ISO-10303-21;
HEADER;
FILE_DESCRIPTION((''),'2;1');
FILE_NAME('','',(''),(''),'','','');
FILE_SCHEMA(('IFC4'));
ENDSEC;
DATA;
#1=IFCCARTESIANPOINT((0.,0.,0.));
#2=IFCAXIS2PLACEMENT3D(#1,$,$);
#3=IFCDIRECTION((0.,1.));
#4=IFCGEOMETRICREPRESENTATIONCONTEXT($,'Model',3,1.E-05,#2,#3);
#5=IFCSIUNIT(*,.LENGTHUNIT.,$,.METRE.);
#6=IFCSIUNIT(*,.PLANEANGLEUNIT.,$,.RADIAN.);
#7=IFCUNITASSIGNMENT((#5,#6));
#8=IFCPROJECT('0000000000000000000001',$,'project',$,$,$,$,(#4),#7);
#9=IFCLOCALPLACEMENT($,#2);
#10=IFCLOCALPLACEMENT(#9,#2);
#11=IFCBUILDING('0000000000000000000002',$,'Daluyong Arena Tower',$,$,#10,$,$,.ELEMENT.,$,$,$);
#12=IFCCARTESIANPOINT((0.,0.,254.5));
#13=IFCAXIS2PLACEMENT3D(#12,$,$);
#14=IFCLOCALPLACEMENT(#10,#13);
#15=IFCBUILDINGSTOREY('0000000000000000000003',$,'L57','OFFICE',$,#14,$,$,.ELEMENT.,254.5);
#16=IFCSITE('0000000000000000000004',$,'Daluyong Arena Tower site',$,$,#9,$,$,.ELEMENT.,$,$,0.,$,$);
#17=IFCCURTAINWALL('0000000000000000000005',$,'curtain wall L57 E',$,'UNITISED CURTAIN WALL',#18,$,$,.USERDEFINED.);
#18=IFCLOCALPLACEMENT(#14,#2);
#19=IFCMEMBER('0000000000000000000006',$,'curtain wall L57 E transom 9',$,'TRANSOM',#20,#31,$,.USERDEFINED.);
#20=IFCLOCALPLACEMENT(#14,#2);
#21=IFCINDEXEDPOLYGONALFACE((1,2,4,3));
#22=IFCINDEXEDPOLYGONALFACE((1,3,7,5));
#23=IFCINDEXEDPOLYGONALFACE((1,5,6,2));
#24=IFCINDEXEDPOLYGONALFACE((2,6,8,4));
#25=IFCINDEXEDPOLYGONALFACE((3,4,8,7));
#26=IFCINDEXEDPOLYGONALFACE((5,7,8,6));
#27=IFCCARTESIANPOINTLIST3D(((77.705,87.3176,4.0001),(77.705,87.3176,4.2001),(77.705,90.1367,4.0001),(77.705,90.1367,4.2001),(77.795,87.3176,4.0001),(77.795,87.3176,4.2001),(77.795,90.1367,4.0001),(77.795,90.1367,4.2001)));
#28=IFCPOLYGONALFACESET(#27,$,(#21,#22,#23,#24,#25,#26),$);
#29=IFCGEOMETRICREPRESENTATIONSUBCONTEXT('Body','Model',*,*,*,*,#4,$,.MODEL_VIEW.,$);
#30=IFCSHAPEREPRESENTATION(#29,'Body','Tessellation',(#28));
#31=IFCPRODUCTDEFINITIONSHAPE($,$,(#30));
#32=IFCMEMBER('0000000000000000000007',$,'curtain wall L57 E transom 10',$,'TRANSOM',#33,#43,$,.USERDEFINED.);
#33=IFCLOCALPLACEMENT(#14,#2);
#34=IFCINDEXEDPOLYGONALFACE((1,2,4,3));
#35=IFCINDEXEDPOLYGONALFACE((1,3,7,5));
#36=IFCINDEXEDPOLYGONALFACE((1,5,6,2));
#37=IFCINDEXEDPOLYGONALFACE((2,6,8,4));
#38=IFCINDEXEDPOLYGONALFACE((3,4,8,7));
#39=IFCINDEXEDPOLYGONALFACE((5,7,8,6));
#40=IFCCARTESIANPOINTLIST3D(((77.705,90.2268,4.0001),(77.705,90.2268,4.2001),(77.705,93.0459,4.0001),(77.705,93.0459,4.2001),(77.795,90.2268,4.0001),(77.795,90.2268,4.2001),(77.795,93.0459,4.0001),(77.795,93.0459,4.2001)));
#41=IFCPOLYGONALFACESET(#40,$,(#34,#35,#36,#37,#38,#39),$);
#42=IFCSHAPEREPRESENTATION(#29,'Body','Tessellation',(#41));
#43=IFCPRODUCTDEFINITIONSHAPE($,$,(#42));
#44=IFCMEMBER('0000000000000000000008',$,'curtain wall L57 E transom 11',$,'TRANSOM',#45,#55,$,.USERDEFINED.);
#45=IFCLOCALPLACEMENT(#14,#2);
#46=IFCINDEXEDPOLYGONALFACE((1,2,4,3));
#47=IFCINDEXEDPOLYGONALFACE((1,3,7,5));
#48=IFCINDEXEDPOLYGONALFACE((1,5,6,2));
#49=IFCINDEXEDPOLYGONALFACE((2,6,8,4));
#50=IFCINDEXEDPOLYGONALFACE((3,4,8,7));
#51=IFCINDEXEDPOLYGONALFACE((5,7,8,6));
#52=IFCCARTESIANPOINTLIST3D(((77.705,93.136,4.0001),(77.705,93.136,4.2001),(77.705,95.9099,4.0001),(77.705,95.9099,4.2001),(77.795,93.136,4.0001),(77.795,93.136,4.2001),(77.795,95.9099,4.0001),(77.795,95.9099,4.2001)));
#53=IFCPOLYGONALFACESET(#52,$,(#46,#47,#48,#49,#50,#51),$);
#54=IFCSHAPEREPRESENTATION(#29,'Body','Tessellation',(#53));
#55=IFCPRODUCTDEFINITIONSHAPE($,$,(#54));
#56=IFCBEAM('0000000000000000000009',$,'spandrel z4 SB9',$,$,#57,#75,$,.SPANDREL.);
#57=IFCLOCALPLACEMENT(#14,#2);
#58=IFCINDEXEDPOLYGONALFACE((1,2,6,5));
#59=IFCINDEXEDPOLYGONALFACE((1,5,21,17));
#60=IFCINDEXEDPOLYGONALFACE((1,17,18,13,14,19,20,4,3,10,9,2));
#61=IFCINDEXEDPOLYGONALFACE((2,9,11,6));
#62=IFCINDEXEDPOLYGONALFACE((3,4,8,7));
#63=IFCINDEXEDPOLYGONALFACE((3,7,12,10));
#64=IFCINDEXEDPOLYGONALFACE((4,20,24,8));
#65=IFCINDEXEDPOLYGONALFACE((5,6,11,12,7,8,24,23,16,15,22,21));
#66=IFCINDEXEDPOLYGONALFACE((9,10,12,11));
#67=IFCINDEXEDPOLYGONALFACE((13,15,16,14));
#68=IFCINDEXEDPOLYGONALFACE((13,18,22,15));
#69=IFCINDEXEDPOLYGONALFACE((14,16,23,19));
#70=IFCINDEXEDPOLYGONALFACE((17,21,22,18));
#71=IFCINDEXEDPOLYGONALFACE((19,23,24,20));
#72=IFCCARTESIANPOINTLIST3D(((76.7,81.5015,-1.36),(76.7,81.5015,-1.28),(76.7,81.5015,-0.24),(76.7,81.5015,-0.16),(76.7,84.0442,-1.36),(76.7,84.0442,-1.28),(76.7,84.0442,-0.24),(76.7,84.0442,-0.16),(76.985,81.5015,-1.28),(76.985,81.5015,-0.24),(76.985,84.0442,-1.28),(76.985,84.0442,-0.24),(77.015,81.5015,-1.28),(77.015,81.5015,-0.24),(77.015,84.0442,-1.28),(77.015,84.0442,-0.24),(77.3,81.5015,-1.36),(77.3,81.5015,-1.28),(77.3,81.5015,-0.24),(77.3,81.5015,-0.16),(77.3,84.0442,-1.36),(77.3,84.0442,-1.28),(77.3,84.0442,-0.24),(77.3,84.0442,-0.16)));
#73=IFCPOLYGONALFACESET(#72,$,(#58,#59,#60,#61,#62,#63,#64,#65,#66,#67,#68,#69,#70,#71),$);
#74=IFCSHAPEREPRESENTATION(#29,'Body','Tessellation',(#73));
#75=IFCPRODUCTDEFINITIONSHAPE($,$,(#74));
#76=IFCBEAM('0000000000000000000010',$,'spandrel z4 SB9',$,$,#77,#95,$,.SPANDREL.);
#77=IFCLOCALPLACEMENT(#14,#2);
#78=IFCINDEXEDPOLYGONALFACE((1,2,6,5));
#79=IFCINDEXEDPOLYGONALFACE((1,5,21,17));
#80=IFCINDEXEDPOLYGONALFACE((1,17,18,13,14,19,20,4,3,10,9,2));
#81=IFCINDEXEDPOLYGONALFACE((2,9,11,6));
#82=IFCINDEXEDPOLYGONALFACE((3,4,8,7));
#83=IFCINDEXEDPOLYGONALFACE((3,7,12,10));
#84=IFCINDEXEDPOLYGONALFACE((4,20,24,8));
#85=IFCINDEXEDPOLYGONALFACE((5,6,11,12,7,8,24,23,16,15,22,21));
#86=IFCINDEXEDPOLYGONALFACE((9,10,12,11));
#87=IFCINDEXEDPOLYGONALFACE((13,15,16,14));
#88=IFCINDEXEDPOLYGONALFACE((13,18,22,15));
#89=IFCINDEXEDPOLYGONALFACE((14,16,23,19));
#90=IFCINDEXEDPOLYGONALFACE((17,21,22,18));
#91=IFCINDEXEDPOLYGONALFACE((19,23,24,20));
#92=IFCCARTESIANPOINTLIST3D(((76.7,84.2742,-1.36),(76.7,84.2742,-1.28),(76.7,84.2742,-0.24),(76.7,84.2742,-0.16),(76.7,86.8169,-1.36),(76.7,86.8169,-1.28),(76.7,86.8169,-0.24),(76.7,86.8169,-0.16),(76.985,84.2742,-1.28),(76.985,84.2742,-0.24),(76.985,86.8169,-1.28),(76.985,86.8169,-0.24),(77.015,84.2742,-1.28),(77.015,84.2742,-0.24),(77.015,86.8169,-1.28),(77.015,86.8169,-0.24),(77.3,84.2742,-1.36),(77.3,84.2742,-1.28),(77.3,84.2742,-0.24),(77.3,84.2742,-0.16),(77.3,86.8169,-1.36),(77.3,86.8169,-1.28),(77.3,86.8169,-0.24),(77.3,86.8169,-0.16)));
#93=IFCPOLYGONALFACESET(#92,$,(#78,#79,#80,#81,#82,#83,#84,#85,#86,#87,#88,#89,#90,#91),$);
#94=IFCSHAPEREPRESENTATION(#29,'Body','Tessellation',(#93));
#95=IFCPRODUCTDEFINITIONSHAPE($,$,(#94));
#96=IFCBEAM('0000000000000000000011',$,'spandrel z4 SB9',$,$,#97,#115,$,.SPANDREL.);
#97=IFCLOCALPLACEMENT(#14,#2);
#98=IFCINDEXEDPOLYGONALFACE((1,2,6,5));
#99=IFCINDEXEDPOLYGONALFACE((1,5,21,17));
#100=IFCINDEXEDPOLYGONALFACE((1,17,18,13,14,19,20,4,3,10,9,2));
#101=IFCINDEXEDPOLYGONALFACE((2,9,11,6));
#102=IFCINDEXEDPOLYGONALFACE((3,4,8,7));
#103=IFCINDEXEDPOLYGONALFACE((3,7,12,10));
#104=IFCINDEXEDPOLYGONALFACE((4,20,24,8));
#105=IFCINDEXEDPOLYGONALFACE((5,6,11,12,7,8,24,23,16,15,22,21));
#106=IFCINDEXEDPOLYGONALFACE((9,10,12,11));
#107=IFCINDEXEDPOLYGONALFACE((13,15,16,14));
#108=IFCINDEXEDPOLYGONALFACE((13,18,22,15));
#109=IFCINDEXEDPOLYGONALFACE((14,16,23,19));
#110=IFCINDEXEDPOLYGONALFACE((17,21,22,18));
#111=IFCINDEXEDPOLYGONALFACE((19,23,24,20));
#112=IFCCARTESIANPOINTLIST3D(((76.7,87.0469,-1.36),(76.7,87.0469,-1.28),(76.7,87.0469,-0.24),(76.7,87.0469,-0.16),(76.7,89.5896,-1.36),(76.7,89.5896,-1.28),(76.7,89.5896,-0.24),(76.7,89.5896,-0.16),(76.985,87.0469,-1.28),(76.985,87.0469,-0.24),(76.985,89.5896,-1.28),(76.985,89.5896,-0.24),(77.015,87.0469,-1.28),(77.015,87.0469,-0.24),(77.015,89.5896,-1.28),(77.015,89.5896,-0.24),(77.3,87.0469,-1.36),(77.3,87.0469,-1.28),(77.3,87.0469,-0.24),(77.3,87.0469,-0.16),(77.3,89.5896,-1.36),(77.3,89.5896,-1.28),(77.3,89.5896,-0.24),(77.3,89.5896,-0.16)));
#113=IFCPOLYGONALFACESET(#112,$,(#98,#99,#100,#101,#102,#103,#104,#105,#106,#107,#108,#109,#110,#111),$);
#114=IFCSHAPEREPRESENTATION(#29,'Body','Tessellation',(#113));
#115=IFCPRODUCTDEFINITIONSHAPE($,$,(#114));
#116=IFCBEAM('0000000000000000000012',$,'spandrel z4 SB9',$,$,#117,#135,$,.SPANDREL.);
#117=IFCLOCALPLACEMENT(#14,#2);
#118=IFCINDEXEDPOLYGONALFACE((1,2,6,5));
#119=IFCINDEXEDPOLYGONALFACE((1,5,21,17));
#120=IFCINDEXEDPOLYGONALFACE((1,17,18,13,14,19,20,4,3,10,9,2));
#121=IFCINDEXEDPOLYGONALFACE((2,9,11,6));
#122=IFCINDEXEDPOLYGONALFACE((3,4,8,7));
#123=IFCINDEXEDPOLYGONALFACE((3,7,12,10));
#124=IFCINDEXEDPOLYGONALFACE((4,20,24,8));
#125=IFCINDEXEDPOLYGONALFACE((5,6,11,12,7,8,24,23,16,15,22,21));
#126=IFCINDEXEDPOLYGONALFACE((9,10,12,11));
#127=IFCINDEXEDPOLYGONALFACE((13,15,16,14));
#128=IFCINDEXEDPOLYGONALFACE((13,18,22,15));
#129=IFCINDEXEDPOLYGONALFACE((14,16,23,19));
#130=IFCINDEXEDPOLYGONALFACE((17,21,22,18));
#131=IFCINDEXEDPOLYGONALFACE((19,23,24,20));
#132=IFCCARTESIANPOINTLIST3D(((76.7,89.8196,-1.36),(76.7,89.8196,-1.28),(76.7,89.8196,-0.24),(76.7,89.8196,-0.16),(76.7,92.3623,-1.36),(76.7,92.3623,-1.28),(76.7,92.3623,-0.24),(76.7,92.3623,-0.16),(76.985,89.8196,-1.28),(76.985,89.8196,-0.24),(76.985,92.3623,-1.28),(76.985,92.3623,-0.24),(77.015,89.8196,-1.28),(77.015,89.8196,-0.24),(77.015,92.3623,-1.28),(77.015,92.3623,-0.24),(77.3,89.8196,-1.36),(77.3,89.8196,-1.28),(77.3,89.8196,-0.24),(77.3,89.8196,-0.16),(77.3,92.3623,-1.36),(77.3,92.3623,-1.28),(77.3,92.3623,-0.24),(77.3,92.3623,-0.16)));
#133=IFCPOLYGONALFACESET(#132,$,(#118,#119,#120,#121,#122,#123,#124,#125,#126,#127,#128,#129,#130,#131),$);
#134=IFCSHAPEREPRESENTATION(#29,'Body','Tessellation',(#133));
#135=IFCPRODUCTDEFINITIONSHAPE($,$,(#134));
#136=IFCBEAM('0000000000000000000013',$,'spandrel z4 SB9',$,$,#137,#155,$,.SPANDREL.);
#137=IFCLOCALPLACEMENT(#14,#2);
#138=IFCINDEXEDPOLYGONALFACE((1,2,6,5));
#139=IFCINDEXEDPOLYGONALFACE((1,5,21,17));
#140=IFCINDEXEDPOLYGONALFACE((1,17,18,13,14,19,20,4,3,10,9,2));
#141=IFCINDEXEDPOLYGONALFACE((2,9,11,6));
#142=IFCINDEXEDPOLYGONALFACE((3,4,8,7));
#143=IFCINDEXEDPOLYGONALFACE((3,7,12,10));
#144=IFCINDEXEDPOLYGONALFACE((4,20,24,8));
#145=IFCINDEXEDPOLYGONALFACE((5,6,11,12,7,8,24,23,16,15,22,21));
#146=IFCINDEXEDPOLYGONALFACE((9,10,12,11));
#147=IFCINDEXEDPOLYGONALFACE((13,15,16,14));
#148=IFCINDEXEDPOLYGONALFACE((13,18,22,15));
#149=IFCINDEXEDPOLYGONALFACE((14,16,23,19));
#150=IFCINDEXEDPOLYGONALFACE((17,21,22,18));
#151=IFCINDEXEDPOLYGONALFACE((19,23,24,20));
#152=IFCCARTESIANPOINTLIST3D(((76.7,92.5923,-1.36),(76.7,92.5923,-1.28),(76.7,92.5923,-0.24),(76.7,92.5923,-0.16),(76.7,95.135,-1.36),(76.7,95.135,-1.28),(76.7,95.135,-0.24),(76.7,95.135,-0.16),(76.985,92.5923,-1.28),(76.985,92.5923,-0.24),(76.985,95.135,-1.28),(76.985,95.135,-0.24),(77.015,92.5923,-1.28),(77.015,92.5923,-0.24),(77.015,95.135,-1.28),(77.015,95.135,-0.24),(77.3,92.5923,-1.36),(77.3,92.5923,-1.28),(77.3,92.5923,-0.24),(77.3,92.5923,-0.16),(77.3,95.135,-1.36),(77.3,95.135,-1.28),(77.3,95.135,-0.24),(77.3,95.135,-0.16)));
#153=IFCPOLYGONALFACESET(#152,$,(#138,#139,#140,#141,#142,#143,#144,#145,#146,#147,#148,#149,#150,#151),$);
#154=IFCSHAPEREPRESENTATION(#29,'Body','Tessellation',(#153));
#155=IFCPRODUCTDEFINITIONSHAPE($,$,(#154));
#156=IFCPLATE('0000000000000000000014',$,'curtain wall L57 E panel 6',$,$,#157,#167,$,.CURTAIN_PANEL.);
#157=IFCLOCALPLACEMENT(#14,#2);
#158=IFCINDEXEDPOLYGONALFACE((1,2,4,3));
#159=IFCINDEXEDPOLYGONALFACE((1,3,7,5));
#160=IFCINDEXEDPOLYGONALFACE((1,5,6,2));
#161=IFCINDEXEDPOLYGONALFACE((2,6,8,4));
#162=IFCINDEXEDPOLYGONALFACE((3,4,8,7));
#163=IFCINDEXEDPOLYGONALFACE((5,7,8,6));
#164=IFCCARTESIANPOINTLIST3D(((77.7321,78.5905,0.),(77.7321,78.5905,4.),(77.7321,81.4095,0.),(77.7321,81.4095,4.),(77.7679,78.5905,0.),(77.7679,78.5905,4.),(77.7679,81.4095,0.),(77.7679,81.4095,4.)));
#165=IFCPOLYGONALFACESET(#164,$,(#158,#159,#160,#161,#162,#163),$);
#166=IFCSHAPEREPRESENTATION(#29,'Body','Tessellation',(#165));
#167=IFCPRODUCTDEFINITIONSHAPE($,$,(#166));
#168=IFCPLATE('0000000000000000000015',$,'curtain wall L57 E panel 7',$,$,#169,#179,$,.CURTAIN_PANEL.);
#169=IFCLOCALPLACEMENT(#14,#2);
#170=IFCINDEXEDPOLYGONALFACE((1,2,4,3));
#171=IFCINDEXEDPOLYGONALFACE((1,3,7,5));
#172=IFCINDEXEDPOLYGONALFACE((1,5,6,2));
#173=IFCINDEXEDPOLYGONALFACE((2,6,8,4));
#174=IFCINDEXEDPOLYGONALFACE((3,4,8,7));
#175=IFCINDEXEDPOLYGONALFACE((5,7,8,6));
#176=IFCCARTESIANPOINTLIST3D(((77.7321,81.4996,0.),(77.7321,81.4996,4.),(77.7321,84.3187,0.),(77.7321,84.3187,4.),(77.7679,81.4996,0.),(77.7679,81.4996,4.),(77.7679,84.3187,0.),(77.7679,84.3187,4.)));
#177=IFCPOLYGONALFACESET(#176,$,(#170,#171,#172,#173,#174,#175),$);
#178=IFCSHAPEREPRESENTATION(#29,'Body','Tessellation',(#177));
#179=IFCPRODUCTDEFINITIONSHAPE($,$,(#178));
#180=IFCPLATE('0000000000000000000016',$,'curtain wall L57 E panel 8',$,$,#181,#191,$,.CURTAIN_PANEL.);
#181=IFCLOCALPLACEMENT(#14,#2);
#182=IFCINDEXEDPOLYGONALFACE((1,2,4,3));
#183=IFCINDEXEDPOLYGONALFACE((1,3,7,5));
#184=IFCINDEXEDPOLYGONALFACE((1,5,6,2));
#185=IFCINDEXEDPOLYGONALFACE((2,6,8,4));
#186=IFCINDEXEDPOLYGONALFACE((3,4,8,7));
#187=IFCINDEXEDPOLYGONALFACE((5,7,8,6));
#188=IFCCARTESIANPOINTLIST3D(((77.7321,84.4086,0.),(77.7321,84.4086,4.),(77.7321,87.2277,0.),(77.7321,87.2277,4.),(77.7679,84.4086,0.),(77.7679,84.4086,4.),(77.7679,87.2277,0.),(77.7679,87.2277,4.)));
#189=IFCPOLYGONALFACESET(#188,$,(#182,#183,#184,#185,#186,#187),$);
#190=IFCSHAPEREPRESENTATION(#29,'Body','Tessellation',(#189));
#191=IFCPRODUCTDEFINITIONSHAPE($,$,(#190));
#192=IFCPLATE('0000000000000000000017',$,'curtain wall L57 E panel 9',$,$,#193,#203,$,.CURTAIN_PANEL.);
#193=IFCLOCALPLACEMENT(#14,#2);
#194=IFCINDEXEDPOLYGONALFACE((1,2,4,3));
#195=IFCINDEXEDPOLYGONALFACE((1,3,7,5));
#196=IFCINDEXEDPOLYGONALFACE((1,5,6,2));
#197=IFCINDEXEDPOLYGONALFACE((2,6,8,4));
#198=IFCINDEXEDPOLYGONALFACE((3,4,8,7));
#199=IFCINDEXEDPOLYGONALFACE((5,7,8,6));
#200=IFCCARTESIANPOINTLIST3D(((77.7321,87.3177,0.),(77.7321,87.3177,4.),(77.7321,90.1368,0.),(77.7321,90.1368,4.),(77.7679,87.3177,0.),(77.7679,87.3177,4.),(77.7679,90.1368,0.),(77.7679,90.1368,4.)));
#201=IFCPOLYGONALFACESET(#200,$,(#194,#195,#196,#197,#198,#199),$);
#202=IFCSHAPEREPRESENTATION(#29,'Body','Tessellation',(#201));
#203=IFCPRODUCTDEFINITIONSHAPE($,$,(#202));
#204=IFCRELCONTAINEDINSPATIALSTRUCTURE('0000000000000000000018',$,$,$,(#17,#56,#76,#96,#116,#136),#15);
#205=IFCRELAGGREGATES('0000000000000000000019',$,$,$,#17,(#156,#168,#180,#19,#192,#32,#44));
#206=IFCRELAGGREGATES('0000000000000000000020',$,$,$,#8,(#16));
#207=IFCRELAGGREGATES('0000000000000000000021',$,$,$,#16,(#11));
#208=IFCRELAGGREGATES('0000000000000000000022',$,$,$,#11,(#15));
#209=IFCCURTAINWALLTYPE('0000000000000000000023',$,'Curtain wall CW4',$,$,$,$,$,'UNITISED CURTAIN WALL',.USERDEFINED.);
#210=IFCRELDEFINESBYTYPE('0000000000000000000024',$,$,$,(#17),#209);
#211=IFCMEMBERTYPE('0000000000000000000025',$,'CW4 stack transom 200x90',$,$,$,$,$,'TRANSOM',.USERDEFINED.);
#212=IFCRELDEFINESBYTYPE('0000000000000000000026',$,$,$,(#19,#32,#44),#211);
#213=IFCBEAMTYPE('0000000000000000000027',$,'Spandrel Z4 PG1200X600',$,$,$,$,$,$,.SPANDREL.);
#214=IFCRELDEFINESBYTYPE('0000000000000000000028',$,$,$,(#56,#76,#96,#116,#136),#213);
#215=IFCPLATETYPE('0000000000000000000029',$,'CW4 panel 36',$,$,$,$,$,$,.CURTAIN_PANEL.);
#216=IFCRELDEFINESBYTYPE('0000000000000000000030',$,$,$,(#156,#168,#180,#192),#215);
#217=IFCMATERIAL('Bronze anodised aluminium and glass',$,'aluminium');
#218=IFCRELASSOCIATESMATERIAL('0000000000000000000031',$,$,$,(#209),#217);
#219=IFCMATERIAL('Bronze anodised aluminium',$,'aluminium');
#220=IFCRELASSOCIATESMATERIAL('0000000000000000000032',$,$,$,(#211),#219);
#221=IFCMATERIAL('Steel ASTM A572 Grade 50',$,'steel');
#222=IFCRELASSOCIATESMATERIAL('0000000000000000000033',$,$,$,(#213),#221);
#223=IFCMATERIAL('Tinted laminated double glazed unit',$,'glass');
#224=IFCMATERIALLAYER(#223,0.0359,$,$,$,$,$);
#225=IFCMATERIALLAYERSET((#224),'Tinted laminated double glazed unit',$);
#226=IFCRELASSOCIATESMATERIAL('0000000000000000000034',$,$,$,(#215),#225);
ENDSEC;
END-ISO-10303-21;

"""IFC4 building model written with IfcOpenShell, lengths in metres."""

from ifc_helpers import new_model, si_unit, direction, frame, origin, origin_2d, place, context, subcontext, project, spatial, rectangle, i_section, extrude, material, layer, layer_set, material_profile, profile_set, type_object, element, aggregate, save


model = new_model("IFC4")

# Units and contexts
model_context = context("Model", 3, precision=1e-05, world=origin(), true_north=direction((0.0, 1.0)))
body_context = subcontext(model_context, "Body", "Model", "MODEL_VIEW")
ifc_project = project(units=[si_unit("LENGTHUNIT", "METRE"), si_unit("PLANEANGLEUNIT", "RADIAN")], contexts=[model_context])

# Site, building, storey
site_placement = place(None, origin())
site = spatial("IfcSite", under=ifc_project, at=site_placement, Name="Daluyong Arena Tower site", CompositionType="ELEMENT", RefElevation=0.0)
building_placement = place(site_placement, origin())
building = spatial("IfcBuilding", under=site, at=building_placement, Name="Daluyong Arena Tower", CompositionType="ELEMENT")
storey_placement = place(building_placement, frame((0.0, 0.0, 254.5)))
storey = spatial("IfcBuildingStorey", under=building, at=storey_placement, Name="L57", Description="OFFICE", CompositionType="ELEMENT", Elevation=254.5)

# Curtain wall, members
ifc_material_1 = material(Name="Bronze anodised aluminium and glass", Category="aluminium")
curtain_wall_type = type_object("IfcCurtainWallType", Name="Curtain wall CW4", ElementType="UNITISED CURTAIN WALL", PredefinedType="USERDEFINED", material=ifc_material_1)
curtain_wall_placement = place(storey_placement, origin())
curtain_wall = element("IfcCurtainWall", 1, at=curtain_wall_placement, inside=storey, type_object=curtain_wall_type, Name="curtain wall L57 E", ObjectType="UNITISED CURTAIN WALL", PredefinedType="USERDEFINED")
ifc_material_2 = material(Name="Bronze anodised aluminium", Category="aluminium")
ifc_material_profile_1 = material_profile(ifc_material_2, rectangle(XDim=0.0901, YDim=0.2, at=origin_2d()))
ifc_profile_set_1 = profile_set([ifc_material_profile_1], Name="Bronze anodised aluminium")
member_type_1 = type_object("IfcMemberType", Name="CW4 stack transom 200x90", ElementType="TRANSOM", PredefinedType="USERDEFINED", material=ifc_profile_set_1)
member_1_placement = place(storey_placement, frame((77.75, 87.3176, 4.1001), z_axis=(0.0, 1.0, 0.0), x_axis=(-1.0, 0.0, 0.0)))
member_1 = element("IfcMember", 2, at=member_1_placement, type_object=member_type_1, Name="curtain wall L57 E transom 9", ObjectType="TRANSOM", PredefinedType="USERDEFINED", context=body_context, shape_type="SweptSolid", body=[
    extrude(rectangle(XDim=0.0901, YDim=0.2, at=origin_2d()), origin(), (0.0, 0.0, 1.0), 2.8191),
])
member_2_placement = place(storey_placement, frame((77.75, 90.2268, 4.1001), z_axis=(0.0, 1.0, 0.0), x_axis=(-1.0, 0.0, 0.0)))
member_2 = element("IfcMember", 3, at=member_2_placement, type_object=member_type_1, Name="curtain wall L57 E transom 10", ObjectType="TRANSOM", PredefinedType="USERDEFINED", context=body_context, shape_type="SweptSolid", body=[
    extrude(rectangle(XDim=0.0901, YDim=0.2, at=origin_2d()), origin(), (0.0, 0.0, 1.0), 2.8191),
])
member_3_placement = place(storey_placement, frame((77.75, 93.136, 4.1001), z_axis=(0.0, 1.0, 0.0), x_axis=(-1.0, 0.0, 0.0)))
member_3 = element("IfcMember", 4, at=member_3_placement, type_object=member_type_1, Name="curtain wall L57 E transom 11", ObjectType="TRANSOM", PredefinedType="USERDEFINED", context=body_context, shape_type="SweptSolid", body=[
    extrude(rectangle(XDim=0.0901, YDim=0.2, at=origin_2d()), origin(), (0.0, 0.0, 1.0), 2.7739),
])

# Beams
ifc_material_3 = material(Name="Steel ASTM A572 Grade 50", Category="steel")
ifc_material_profile_2 = material_profile(ifc_material_3, i_section(OverallWidth=0.6001, OverallDepth=1.2, WebThickness=0.03, FlangeThickness=0.08, at=origin_2d()))
ifc_profile_set_2 = profile_set([ifc_material_profile_2], Name="Steel ASTM A572 Grade 50")
beam_type = type_object("IfcBeamType", Name="Spandrel Z4 PG1200X600", PredefinedType="SPANDREL", material=ifc_profile_set_2)
for number, where, z_axis, x_axis, name in (
    (5, (77.0, 81.5015, -0.76), (0.0, 1.0, 0.0), (-1.0, 0.0, 0.0), "spandrel z4 SB9"),
    (6, (77.0, 84.2742, -0.76), (0.0, 1.0, 0.0), (-1.0, 0.0, 0.0), "spandrel z4 SB9"),
    (7, (77.0, 87.0469, -0.76), (0.0, 1.0, 0.0), (-1.0, 0.0, 0.0), "spandrel z4 SB9"),
    (8, (77.0, 89.8196, -0.76), (0.0, 1.0, 0.0), (-1.0, 0.0, 0.0), "spandrel z4 SB9"),
    (9, (77.0, 92.5923, -0.76), (0.0, 1.0, 0.0), (-1.0, 0.0, 0.0), "spandrel z4 SB9"),
):
    element("IfcBeam", number, at=place(storey_placement, frame(where, z_axis=z_axis, x_axis=x_axis)), inside=storey, type_object=beam_type, Name=name, PredefinedType="SPANDREL", context=body_context, shape_type="SweptSolid", body=[
        extrude(i_section(OverallWidth=0.6001, OverallDepth=1.2, WebThickness=0.03, FlangeThickness=0.08, at=origin_2d()), origin(), (0.0, 0.0, 1.0), 2.5427),
    ])

# Plates
ifc_material_4 = material(Name="Tinted laminated double glazed unit", Category="glass")
ifc_layer = layer(ifc_material_4, 0.0359)
ifc_layer_set = layer_set([ifc_layer], Name="Tinted laminated double glazed unit")
plate_type = type_object("IfcPlateType", Name="CW4 panel 36", PredefinedType="CURTAIN_PANEL", material=ifc_layer_set)
plate_1_placement = place(storey_placement, frame((77.75, 80.0, 0.0), z_axis=(0.0, 0.0, 1.0), x_axis=(0.0, 1.0, 0.0)))
plate_1 = element("IfcPlate", 10, at=plate_1_placement, type_object=plate_type, Name="curtain wall L57 E panel 6", PredefinedType="CURTAIN_PANEL", context=body_context, shape_type="SweptSolid", body=[
    extrude(rectangle(XDim=2.8191, YDim=0.0359, at=origin_2d()), origin(), (0.0, 0.0, 1.0), 4.0),
])
plate_2_placement = place(storey_placement, frame((77.75, 82.9092, 0.0), z_axis=(0.0, 0.0, 1.0), x_axis=(0.0, 1.0, 0.0)))
plate_2 = element("IfcPlate", 11, at=plate_2_placement, type_object=plate_type, Name="curtain wall L57 E panel 7", PredefinedType="CURTAIN_PANEL", context=body_context, shape_type="SweptSolid", body=[
    extrude(rectangle(XDim=2.8191, YDim=0.0359, at=origin_2d()), origin(), (0.0, 0.0, 1.0), 4.0),
])
plate_3_placement = place(storey_placement, frame((77.75, 85.8181, 0.0), z_axis=(0.0, 0.0, 1.0), x_axis=(0.0, 1.0, 0.0)))
plate_3 = element("IfcPlate", 12, at=plate_3_placement, type_object=plate_type, Name="curtain wall L57 E panel 8", PredefinedType="CURTAIN_PANEL", context=body_context, shape_type="SweptSolid", body=[
    extrude(rectangle(XDim=2.8191, YDim=0.0359, at=origin_2d()), origin(), (0.0, 0.0, 1.0), 4.0),
])
plate_4_placement = place(storey_placement, frame((77.75, 88.7273, 0.0), z_axis=(0.0, 0.0, 1.0), x_axis=(0.0, 1.0, 0.0)))
plate_4 = element("IfcPlate", 13, at=plate_4_placement, type_object=plate_type, Name="curtain wall L57 E panel 9", PredefinedType="CURTAIN_PANEL", context=body_context, shape_type="SweptSolid", body=[
    extrude(rectangle(XDim=2.8191, YDim=0.0359, at=origin_2d()), origin(), (0.0, 0.0, 1.0), 4.0),
])
aggregate(curtain_wall, [plate_1, plate_2, plate_3, member_1, plate_4, member_2, member_3])

save(model, "model.ifc")
